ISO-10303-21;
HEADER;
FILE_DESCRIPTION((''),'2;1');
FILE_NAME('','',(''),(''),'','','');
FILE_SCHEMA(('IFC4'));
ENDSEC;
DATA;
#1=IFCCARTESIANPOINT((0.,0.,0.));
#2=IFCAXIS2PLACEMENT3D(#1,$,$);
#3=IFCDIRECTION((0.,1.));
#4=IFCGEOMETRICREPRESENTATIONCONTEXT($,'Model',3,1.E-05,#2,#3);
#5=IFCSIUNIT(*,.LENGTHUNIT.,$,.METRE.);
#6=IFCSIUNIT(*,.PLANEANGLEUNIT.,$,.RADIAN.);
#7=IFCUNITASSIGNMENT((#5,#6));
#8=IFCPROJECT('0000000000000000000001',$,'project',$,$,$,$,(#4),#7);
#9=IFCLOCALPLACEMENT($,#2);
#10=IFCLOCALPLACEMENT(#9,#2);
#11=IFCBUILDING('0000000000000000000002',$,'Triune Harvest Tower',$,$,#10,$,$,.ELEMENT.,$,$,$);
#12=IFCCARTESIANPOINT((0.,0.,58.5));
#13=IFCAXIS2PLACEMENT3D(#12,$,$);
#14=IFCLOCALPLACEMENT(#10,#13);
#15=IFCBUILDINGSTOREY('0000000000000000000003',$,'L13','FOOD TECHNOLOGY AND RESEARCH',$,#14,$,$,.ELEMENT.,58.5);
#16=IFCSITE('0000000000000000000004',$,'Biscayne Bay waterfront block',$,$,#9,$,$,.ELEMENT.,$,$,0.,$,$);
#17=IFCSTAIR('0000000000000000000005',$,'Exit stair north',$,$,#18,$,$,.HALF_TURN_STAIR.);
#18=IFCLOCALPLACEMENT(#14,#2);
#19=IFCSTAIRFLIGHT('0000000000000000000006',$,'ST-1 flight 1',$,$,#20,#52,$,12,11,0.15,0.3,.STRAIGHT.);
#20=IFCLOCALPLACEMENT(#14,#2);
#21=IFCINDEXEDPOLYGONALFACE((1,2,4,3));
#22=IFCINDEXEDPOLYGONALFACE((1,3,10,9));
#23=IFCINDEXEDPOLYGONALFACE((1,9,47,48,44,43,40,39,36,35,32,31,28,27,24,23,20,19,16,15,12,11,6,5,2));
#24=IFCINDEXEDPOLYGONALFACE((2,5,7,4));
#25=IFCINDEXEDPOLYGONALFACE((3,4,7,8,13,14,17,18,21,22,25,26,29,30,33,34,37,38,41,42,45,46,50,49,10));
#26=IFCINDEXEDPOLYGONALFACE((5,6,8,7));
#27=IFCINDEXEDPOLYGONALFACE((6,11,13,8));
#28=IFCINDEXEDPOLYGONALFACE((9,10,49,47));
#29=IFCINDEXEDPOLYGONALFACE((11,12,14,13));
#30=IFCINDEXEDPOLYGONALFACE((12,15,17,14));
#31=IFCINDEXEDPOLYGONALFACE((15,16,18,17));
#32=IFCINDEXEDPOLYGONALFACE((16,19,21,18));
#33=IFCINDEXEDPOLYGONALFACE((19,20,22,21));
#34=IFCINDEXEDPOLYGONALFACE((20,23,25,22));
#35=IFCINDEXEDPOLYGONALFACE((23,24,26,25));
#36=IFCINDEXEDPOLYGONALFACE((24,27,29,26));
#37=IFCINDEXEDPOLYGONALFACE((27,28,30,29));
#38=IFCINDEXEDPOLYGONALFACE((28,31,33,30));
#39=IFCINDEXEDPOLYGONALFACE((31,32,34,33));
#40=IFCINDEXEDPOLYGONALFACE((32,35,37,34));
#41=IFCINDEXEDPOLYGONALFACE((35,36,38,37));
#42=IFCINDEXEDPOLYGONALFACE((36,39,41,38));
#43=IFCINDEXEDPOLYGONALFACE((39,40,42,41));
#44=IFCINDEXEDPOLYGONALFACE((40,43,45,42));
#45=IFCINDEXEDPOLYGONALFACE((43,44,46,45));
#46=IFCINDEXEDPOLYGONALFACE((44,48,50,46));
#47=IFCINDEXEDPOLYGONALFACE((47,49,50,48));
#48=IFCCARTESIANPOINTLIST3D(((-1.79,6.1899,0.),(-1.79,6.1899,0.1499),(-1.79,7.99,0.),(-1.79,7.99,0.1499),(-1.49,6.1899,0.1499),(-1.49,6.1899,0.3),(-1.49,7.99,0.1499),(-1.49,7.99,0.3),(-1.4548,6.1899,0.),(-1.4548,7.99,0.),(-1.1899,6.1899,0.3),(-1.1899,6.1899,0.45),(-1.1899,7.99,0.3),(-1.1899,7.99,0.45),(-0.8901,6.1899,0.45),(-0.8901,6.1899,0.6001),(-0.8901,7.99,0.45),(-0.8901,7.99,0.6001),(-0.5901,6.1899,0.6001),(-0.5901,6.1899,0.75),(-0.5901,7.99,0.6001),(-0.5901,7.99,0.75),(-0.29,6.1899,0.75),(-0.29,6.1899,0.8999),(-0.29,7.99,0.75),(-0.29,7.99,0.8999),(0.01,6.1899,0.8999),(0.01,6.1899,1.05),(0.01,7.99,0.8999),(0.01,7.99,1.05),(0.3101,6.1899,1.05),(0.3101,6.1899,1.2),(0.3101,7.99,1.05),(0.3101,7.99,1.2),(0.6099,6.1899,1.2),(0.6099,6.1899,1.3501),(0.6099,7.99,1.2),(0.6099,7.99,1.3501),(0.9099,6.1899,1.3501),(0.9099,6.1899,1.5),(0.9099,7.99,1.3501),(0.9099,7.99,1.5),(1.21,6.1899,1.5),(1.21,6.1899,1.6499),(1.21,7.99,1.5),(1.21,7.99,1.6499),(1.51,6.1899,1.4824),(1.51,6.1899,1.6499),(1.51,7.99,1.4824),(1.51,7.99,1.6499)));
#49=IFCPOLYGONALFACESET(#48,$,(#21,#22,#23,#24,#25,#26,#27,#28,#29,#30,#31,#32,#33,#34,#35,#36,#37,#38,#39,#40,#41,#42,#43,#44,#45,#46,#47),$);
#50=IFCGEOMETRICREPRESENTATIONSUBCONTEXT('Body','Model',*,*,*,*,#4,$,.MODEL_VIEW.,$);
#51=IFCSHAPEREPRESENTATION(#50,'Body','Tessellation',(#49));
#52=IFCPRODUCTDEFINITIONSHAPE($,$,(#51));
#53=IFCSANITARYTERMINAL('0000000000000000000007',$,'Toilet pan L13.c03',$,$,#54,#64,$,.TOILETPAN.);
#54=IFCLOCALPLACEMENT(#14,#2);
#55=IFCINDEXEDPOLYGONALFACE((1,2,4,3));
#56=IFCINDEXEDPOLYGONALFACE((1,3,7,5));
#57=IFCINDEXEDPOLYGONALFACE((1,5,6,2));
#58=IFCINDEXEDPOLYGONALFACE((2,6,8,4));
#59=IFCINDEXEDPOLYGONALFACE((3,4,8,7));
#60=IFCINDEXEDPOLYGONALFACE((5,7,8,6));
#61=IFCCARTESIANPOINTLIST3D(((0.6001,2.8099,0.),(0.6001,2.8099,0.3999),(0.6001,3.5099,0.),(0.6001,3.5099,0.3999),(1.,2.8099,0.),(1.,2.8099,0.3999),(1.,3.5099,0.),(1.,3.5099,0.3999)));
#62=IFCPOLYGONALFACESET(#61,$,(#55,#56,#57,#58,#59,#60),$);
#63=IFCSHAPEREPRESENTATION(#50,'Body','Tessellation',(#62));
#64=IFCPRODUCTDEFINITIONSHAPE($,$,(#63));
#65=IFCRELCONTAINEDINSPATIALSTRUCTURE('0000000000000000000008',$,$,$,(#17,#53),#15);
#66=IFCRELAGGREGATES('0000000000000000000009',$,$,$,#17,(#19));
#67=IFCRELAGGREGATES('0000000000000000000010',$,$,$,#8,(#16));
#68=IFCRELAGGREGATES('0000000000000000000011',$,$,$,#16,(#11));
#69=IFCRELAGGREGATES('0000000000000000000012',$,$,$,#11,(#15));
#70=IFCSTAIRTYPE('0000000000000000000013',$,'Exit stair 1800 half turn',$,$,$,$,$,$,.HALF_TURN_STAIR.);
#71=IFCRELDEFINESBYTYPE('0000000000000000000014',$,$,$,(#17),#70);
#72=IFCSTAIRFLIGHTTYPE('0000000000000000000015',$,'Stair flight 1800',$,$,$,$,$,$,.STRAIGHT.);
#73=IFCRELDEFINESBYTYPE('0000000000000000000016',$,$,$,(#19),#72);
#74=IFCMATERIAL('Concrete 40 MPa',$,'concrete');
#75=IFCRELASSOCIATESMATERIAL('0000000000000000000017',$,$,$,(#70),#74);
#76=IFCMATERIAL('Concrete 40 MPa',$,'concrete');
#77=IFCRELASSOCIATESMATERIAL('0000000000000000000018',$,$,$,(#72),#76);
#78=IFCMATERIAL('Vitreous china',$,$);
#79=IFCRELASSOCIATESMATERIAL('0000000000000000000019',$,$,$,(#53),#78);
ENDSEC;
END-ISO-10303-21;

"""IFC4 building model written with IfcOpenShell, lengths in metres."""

from ifc_helpers import new_model, si_unit, direction, frame, origin, origin_2d, place, context, subcontext, project, spatial, polyline, rectangle, outline, extrude, source, transform, mapped, material, type_object, element, aggregate, save


model = new_model("IFC4")

# Units and contexts
model_context = context("Model", 3, precision=1e-05, world=origin(), true_north=direction((0.0, 1.0)))
body_context = subcontext(model_context, "Body", "Model", "MODEL_VIEW")
ifc_project = project(units=[si_unit("LENGTHUNIT", "METRE"), si_unit("PLANEANGLEUNIT", "RADIAN")], contexts=[model_context])

# Site, building, storey
site_placement = place(None, origin())
site = spatial("IfcSite", under=ifc_project, at=site_placement, Name="Biscayne Bay waterfront block", CompositionType="ELEMENT", RefElevation=0.0)
building_placement = place(site_placement, origin())
building = spatial("IfcBuilding", under=site, at=building_placement, Name="Triune Harvest Tower", CompositionType="ELEMENT")
storey_placement = place(building_placement, frame((0.0, 0.0, 58.5)))
storey = spatial("IfcBuildingStorey", under=building, at=storey_placement, Name="L13", Description="FOOD TECHNOLOGY AND RESEARCH", CompositionType="ELEMENT", Elevation=58.5)

# Stair, stair flight
ifc_material_1 = material(Name="Concrete 40 MPa", Category="concrete")
stair_type = type_object("IfcStairType", Name="Exit stair 1800 half turn", PredefinedType="HALF_TURN_STAIR", material=ifc_material_1)
stair_placement = place(storey_placement, origin())
stair = element("IfcStair", 1, at=stair_placement, inside=storey, type_object=stair_type, Name="Exit stair north", PredefinedType="HALF_TURN_STAIR")
ifc_material_2 = material(Name="Concrete 40 MPa", Category="concrete")
stair_flight_type = type_object("IfcStairFlightType", Name="Stair flight 1800", PredefinedType="STRAIGHT", material=ifc_material_2)
shared_shape_1 = source(origin(), body_context, "Body", "SweptSolid", [
    extrude(outline(polyline([(0.0, 0.0), (0.0, 0.1499), (0.3, 0.1499), (0.3, 0.3), (0.6001, 0.3), (0.6001, 0.45), (0.8999, 0.45), (0.8999, 0.6001), (1.2, 0.6001), (1.2, 0.75), (1.5, 0.75), (1.5, 0.8999), (1.8, 0.8999), (1.8, 1.05), (2.1001, 1.05), (2.1001, 1.2), (2.3999, 1.2), (2.3999, 1.3501), (2.7, 1.3501), (2.7, 1.5), (3.0, 1.5), (3.0, 1.6499), (3.3, 1.6499), (3.3, 1.8), (3.3, 1.4824), (0.3352, 0.0), (0.0, 0.0)])), frame((0.0, 0.8999, 0.0), z_axis=(0.0, -1.0, 0.0), x_axis=(1.0, 0.0, 0.0)), (0.0, 0.0, 1.0), 1.8),
])
stair_flight_placement = place(storey_placement, frame((-1.79, 7.0901, 0.0), z_axis=(0.0, 0.0, 1.0), x_axis=(1.0, 0.0, 0.0)))
stair_flight = element("IfcStairFlight", 2, at=stair_flight_placement, type_object=stair_flight_type, Name="ST-1 flight 1", NumberOfRisers=12, NumberOfTreads=11, PredefinedType="STRAIGHT", RiserHeight=0.15, TreadLength=0.3, context=body_context, shape_type="MappedRepresentation", body=[
    mapped(shared_shape_1, transform((0.0, 0.0, 0.0), scale=1.0)),
])
aggregate(stair, [stair_flight])

# Sanitary terminal
ifc_material_3 = material(Name="Vitreous china")
shared_shape_2 = source(origin(), body_context, "Body", "SweptSolid", [
    extrude(rectangle(XDim=0.3999, YDim=0.7, at=origin_2d()), origin(), (0.0, 0.0, 1.0), 0.3999),
])
sanitary_terminal_placement = place(storey_placement, frame((0.8, 3.1599, 0.0), z_axis=(0.0, 0.0, 1.0), x_axis=(-1.0, 0.0, 0.0)))
element("IfcSanitaryTerminal", 3, at=sanitary_terminal_placement, inside=storey, material=ifc_material_3, Name="Toilet pan L13.c03", PredefinedType="TOILETPAN", context=body_context, shape_type="MappedRepresentation", body=[
    mapped(shared_shape_2, transform((0.0, 0.0, 0.0), scale=1.0)),
])

save(model, "model.ifc")
